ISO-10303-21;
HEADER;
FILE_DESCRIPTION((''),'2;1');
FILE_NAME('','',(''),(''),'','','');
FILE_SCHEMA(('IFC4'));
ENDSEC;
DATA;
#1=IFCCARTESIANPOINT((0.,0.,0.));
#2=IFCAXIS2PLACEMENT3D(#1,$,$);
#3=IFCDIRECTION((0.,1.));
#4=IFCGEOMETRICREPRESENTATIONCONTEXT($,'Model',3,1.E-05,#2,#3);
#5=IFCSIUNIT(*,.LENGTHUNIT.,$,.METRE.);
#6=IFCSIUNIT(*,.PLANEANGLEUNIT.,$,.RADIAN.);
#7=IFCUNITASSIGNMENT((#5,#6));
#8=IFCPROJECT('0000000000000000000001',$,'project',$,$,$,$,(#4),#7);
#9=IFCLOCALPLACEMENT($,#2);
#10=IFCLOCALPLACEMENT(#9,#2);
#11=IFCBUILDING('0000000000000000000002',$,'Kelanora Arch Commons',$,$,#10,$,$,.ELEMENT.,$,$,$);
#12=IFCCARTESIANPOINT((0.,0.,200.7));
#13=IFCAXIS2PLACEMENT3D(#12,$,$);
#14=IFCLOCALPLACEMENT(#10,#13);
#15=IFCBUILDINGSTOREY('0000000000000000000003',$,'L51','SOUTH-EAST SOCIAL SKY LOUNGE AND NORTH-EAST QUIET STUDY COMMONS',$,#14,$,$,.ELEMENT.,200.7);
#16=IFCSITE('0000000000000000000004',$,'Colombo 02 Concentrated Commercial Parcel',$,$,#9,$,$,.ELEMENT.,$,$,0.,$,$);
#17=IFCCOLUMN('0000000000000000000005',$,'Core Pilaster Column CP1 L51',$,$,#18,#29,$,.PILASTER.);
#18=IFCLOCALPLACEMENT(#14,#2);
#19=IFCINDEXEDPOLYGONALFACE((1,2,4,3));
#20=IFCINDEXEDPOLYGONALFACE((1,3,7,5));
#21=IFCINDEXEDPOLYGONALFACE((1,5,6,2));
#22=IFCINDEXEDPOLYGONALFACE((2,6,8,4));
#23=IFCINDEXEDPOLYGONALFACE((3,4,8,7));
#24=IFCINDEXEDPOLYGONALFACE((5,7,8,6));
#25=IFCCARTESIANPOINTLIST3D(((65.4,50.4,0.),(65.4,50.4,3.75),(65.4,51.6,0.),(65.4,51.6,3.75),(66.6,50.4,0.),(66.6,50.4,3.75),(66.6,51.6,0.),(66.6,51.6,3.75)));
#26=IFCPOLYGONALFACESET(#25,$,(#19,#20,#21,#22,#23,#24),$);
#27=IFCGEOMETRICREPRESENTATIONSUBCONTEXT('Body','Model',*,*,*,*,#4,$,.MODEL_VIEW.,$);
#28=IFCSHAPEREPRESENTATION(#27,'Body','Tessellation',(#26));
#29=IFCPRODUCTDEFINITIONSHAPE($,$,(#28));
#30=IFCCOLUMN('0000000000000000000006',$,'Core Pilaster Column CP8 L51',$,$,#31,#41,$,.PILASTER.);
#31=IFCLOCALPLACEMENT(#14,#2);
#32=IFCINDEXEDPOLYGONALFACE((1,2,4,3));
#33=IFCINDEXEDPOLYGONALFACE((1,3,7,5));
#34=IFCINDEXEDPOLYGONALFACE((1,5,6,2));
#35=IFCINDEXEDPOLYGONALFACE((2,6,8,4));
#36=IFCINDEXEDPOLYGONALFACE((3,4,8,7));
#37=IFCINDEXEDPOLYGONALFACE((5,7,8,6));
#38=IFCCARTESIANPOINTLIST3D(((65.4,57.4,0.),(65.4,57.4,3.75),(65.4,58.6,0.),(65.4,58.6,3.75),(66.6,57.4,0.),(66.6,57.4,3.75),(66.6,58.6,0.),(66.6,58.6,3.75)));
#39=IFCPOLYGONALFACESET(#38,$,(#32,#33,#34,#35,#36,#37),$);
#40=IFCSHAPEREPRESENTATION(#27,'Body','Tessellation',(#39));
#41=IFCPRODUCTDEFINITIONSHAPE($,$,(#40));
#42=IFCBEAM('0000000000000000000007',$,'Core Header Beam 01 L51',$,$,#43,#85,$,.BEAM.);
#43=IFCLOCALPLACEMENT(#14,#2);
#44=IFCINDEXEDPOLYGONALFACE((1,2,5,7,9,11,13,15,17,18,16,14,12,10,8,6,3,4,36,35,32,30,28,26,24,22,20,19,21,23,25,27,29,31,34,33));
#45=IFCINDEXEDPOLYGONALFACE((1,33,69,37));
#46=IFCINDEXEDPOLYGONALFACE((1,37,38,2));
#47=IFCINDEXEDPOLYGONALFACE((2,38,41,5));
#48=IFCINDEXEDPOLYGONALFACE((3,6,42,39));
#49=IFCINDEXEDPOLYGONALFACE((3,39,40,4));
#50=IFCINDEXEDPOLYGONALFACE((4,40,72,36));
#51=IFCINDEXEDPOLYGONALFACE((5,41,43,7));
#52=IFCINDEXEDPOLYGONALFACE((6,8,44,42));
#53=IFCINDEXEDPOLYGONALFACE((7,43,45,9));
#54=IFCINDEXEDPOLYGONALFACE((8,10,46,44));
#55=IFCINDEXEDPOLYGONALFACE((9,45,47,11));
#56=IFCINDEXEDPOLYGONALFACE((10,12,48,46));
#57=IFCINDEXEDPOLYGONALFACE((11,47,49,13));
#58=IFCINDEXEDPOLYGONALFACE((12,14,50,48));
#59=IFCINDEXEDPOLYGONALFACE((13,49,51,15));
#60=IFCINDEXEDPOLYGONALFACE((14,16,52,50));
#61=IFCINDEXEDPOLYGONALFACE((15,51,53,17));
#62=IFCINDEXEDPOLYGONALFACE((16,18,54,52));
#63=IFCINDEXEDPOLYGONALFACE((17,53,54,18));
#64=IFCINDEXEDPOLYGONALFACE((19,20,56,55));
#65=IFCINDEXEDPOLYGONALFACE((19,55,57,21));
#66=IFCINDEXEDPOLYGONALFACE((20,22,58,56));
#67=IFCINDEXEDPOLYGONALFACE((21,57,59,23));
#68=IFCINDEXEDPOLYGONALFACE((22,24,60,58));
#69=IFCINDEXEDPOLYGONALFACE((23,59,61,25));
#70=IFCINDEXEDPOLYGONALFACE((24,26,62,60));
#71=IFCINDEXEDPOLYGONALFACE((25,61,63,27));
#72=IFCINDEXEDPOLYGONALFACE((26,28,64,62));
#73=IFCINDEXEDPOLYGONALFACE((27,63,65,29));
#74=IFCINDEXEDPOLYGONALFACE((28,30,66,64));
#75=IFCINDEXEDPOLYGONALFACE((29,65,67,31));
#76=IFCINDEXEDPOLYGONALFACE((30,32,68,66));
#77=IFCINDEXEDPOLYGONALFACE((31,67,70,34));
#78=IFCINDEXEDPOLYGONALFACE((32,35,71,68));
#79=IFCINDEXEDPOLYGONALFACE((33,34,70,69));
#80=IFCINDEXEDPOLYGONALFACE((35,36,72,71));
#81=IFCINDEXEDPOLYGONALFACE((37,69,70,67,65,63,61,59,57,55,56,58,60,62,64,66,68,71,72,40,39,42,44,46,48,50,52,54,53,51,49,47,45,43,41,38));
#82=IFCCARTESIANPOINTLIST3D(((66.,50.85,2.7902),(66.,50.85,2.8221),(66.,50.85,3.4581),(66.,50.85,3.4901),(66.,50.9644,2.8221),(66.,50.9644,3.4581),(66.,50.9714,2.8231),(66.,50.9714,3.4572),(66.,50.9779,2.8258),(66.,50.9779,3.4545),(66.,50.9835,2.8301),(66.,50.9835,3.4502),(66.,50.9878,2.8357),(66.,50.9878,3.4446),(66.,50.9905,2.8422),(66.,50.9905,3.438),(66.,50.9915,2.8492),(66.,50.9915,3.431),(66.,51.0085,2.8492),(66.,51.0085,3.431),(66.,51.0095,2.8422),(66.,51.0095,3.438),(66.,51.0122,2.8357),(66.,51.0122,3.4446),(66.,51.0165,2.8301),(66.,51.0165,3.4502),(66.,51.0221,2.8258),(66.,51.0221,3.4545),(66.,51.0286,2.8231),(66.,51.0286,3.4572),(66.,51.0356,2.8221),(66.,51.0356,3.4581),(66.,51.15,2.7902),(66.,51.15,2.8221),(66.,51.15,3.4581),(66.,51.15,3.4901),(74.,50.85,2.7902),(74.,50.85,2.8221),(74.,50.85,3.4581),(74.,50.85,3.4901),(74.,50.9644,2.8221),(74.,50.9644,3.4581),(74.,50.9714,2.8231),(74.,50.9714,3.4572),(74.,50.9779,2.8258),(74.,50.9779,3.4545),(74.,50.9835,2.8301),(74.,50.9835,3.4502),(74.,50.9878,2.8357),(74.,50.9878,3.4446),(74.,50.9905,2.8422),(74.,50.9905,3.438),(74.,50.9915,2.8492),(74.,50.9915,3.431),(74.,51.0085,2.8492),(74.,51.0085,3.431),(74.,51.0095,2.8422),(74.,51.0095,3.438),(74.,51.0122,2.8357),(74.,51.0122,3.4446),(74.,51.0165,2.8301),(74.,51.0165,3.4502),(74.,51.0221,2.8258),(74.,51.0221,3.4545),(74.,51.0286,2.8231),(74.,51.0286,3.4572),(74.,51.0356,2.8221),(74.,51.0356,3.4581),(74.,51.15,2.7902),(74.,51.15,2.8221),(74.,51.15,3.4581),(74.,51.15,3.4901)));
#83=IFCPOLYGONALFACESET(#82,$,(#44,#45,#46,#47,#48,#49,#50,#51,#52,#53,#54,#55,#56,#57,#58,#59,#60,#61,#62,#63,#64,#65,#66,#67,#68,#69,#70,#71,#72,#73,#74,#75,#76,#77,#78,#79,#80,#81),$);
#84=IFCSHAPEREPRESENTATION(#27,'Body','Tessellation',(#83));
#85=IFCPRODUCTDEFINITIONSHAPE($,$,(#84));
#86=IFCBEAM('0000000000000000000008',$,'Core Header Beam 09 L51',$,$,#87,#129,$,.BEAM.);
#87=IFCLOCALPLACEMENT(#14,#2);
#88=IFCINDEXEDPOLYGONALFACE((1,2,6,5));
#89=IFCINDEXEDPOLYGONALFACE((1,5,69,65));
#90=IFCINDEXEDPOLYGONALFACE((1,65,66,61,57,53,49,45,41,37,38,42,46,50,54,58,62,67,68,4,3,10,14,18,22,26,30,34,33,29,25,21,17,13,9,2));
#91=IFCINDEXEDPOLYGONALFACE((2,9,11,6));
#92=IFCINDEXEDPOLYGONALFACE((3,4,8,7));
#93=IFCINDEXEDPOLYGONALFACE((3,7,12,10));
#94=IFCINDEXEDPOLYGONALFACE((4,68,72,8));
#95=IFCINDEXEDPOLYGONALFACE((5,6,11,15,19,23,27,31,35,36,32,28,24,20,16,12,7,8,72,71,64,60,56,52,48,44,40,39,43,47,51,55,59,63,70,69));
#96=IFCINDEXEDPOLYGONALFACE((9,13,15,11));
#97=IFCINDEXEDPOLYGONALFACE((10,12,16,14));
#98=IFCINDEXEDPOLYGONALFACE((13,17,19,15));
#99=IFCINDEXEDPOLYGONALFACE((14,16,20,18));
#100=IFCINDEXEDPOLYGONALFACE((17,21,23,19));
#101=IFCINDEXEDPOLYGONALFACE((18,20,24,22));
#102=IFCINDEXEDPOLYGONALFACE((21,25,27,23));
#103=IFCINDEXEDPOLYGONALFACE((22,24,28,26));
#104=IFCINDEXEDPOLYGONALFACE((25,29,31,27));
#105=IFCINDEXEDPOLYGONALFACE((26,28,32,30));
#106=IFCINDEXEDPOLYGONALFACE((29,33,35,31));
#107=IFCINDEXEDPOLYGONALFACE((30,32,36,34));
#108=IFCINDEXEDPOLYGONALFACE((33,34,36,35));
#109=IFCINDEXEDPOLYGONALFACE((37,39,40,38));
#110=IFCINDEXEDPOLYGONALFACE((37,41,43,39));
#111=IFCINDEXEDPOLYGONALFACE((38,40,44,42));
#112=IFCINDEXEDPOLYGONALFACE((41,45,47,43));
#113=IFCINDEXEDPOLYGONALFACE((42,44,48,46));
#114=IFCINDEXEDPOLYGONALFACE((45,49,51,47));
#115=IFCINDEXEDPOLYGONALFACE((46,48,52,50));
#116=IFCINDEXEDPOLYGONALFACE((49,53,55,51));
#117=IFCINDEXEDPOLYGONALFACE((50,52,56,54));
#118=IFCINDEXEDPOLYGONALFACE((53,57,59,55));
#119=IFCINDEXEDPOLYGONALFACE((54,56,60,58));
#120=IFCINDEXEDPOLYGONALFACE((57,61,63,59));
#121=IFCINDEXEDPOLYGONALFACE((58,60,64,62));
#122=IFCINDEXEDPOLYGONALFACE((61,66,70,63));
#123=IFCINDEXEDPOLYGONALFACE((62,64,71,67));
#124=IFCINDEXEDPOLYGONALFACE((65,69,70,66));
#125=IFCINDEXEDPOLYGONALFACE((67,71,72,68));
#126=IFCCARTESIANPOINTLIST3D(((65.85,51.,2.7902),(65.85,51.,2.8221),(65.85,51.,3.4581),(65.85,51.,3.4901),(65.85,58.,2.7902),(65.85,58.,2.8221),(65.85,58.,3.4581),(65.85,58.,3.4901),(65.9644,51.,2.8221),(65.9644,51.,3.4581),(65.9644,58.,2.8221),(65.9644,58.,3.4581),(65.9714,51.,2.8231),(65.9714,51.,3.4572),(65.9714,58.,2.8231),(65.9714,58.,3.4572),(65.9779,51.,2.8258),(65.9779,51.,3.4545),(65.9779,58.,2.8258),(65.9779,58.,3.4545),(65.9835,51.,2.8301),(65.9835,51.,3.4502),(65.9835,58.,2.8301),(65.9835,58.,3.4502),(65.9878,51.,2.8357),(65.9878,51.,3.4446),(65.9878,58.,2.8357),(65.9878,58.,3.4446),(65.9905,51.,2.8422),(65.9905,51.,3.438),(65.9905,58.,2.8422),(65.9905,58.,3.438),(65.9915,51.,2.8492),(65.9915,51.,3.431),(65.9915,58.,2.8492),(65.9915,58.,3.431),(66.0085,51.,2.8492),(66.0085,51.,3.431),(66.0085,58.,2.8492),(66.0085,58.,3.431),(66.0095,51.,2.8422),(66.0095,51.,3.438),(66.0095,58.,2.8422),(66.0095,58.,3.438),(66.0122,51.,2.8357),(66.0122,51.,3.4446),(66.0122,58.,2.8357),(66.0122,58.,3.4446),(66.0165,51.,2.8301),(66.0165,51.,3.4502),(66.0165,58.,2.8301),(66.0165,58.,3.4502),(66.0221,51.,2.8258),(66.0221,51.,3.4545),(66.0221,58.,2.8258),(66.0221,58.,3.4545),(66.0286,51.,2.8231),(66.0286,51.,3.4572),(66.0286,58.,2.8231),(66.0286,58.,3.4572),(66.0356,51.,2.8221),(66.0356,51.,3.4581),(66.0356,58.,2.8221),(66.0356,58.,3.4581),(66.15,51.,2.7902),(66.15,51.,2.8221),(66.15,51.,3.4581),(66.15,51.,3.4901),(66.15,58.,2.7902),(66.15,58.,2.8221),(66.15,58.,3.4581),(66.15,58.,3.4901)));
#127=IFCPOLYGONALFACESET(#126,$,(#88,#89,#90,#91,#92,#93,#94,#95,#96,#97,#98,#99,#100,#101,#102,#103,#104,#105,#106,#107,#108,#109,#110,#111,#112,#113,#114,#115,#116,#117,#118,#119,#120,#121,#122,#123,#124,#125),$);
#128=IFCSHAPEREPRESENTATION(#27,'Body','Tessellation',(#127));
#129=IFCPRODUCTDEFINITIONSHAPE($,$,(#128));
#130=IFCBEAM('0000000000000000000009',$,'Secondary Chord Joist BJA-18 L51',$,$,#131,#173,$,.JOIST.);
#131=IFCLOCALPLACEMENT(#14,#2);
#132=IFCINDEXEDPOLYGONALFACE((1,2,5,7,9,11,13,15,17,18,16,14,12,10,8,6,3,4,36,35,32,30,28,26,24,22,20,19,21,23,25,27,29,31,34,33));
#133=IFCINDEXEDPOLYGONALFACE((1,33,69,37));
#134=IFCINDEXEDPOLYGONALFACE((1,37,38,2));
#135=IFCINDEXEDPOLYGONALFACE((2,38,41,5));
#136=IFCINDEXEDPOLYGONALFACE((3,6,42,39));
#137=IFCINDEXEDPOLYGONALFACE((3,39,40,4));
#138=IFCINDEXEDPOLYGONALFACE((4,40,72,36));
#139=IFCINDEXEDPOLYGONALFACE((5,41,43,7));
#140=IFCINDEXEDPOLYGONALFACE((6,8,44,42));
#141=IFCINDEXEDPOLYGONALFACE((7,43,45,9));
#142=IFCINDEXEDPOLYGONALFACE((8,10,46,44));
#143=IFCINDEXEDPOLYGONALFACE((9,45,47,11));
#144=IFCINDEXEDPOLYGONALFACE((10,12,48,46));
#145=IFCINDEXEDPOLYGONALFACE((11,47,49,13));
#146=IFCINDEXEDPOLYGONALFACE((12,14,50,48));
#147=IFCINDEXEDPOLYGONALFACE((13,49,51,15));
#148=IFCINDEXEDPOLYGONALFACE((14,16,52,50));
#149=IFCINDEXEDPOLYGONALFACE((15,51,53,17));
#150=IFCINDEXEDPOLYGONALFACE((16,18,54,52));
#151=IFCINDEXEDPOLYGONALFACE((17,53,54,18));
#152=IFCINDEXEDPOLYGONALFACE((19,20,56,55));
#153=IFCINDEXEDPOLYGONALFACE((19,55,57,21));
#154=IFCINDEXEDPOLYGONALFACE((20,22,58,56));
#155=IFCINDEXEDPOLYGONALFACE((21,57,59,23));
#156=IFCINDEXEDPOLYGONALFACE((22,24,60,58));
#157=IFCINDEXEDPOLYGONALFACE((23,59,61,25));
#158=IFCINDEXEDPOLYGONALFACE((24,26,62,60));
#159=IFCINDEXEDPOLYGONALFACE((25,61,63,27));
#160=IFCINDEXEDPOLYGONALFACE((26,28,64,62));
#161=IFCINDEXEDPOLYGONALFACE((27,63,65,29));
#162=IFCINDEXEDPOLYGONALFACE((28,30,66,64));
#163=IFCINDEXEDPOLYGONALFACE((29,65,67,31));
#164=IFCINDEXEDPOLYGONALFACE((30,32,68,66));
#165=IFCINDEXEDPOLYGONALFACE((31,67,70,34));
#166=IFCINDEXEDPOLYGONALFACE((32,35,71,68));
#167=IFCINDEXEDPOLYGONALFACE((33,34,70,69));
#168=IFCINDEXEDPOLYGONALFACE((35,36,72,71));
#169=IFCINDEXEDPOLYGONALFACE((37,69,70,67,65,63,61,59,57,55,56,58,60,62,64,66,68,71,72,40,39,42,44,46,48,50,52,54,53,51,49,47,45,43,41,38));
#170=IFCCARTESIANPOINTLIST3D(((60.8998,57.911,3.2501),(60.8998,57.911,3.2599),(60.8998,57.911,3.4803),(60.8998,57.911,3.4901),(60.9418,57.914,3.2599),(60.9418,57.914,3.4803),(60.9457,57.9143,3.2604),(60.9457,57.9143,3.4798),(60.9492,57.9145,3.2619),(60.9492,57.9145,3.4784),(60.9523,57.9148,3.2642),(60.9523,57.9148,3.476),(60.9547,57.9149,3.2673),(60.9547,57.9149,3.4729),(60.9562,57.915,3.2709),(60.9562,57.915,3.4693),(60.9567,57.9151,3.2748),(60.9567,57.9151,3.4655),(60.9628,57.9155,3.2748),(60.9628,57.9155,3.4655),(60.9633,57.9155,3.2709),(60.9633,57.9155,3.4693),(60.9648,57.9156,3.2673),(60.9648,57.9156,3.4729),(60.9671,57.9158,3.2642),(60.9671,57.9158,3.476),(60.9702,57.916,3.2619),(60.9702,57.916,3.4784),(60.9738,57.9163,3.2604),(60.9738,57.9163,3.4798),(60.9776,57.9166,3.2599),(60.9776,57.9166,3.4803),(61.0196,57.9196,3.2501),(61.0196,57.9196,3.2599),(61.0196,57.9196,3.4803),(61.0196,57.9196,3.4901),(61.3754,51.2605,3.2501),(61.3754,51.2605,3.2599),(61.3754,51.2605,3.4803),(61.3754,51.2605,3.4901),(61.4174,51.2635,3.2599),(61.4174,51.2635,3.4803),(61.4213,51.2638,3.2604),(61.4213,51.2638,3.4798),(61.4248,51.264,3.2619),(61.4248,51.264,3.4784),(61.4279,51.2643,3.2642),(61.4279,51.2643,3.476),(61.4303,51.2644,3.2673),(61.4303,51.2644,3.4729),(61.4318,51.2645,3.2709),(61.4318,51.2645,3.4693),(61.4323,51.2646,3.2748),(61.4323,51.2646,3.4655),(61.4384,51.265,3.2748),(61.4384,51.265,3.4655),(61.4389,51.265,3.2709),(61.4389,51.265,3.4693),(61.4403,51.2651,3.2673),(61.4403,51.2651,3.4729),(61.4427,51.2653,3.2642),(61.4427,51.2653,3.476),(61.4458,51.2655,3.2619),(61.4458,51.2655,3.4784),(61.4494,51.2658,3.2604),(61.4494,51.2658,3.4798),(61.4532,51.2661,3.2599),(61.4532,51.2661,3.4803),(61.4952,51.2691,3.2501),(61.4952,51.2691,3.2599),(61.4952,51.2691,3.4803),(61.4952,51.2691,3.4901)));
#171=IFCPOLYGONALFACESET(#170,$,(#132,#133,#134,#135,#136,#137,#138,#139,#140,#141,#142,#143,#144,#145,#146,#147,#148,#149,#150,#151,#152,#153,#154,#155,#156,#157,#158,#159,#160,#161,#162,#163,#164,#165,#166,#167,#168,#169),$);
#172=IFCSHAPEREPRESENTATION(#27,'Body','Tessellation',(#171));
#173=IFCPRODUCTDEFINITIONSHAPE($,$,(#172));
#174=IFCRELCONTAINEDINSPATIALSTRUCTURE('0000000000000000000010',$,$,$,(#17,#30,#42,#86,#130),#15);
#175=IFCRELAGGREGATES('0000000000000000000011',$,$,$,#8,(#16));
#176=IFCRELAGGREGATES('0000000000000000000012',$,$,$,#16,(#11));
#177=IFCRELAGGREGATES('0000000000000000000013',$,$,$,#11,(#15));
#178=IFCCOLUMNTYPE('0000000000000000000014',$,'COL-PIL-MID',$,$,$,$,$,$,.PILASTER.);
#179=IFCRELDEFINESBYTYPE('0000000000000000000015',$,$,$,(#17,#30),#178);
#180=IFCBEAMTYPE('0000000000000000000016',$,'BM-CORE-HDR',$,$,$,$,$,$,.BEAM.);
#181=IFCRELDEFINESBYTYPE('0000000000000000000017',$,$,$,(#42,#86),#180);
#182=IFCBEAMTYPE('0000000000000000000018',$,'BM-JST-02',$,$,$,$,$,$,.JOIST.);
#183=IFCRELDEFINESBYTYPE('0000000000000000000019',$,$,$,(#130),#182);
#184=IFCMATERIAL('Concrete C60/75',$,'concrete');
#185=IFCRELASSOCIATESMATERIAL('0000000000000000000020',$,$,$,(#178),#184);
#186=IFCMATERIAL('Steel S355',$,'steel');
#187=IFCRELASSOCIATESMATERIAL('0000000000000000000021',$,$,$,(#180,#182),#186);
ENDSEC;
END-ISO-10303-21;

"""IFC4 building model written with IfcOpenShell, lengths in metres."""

from ifc_helpers import new_model, si_unit, direction, frame, origin, origin_2d, place, context, subcontext, project, spatial, rectangle, i_section, extrude, material, material_profile, profile_set, type_object, element, save


model = new_model("IFC4")

# Units and contexts
model_context = context("Model", 3, precision=1e-05, world=origin(), true_north=direction((0.0, 1.0)))
body_context = subcontext(model_context, "Body", "Model", "MODEL_VIEW")
ifc_project = project(units=[si_unit("LENGTHUNIT", "METRE"), si_unit("PLANEANGLEUNIT", "RADIAN")], contexts=[model_context])

# Site, building, storey
site_placement = place(None, origin())
site = spatial("IfcSite", under=ifc_project, at=site_placement, Name="Colombo 02 Concentrated Commercial Parcel", CompositionType="ELEMENT", RefElevation=0.0)
building_placement = place(site_placement, origin())
building = spatial("IfcBuilding", under=site, at=building_placement, Name="Kelanora Arch Commons", CompositionType="ELEMENT")
storey_placement = place(building_placement, frame((0.0, 0.0, 200.7)))
storey = spatial("IfcBuildingStorey", under=building, at=storey_placement, Name="L51", Description="SOUTH-EAST SOCIAL SKY LOUNGE AND NORTH-EAST QUIET STUDY COMMONS", CompositionType="ELEMENT", Elevation=200.7)

# Columns
ifc_material_1 = material(Name="Concrete C60/75", Category="concrete")
ifc_material_profile_1 = material_profile(ifc_material_1, rectangle(XDim=1.2, YDim=1.2, at=origin_2d()), Name="RC1200x1200")
ifc_profile_set_1 = profile_set([ifc_material_profile_1], Name="Concrete C60/75")
column_type = type_object("IfcColumnType", Name="COL-PIL-MID", PredefinedType="PILASTER", material=ifc_profile_set_1)
for number, where, z_axis, x_axis, name in (
    (1, (66.0, 51.0, 0.0), (0.0, 0.0, 1.0), (1.0, 0.0, 0.0), "Core Pilaster Column CP1 L51"),
    (2, (66.0, 58.0, 0.0), (0.0, 0.0, 1.0), (1.0, 0.0, 0.0), "Core Pilaster Column CP8 L51"),
):
    element("IfcColumn", number, at=place(storey_placement, frame(where, z_axis=z_axis, x_axis=x_axis)), inside=storey, type_object=column_type, Name=name, PredefinedType="PILASTER", context=body_context, shape_type="SweptSolid", body=[
        extrude(rectangle(XDim=1.2, YDim=1.2, at=origin_2d()), origin(), (0.0, 0.0, 1.0), 3.75),
    ])

# Beams
ifc_material_2 = material(Name="Steel S355", Category="steel")
ifc_material_profile_2 = material_profile(ifc_material_2, i_section(OverallWidth=0.3, OverallDepth=0.7, WebThickness=0.0171, FlangeThickness=0.032, FilletRadius=0.0271, at=origin_2d()), Name="HEB700")
ifc_profile_set_2 = profile_set([ifc_material_profile_2], Name="Steel S355")
beam_type_1 = type_object("IfcBeamType", Name="BM-CORE-HDR", PredefinedType="BEAM", material=ifc_profile_set_2)
beam_1_placement = place(storey_placement, frame((66.0, 51.0, 3.1401), z_axis=(1.0, 0.0, 0.0), x_axis=(0.0, 1.0, 0.0)))
element("IfcBeam", 3, at=beam_1_placement, inside=storey, type_object=beam_type_1, Name="Core Header Beam 01 L51", PredefinedType="BEAM", context=body_context, shape_type="SweptSolid", body=[
    extrude(i_section(OverallWidth=0.3, OverallDepth=0.7, WebThickness=0.0171, FlangeThickness=0.032, FilletRadius=0.0271, at=origin_2d()), origin(), (0.0, 0.0, 1.0), 8.0),
])
beam_2_placement = place(storey_placement, frame((66.0, 58.0, 3.1401), z_axis=(0.0, -1.0, 0.0), x_axis=(1.0, 0.0, 0.0)))
element("IfcBeam", 4, at=beam_2_placement, inside=storey, type_object=beam_type_1, Name="Core Header Beam 09 L51", PredefinedType="BEAM", context=body_context, shape_type="SweptSolid", body=[
    extrude(i_section(OverallWidth=0.3, OverallDepth=0.7, WebThickness=0.0171, FlangeThickness=0.032, FilletRadius=0.0271, at=origin_2d()), origin(), (0.0, 0.0, 1.0), 7.0),
])
ifc_material_profile_3 = material_profile(ifc_material_2, i_section(OverallWidth=0.1201, OverallDepth=0.24, WebThickness=0.0061, FlangeThickness=0.0098, FilletRadius=0.0149, at=origin_2d()), Name="IPE240")
ifc_profile_set_3 = profile_set([ifc_material_profile_3], Name="Steel S355")
beam_type_2 = type_object("IfcBeamType", Name="BM-JST-02", PredefinedType="JOIST", material=ifc_profile_set_3)
beam_3_placement = place(storey_placement, frame((60.9597, 57.9153, 3.3701), z_axis=(0.07133, -0.997453, 0.0), x_axis=(0.997453, 0.07133, 0.0)))
element("IfcBeam", 5, at=beam_3_placement, inside=storey, type_object=beam_type_2, Name="Secondary Chord Joist BJA-18 L51", PredefinedType="JOIST", context=body_context, shape_type="SweptSolid", body=[
    extrude(i_section(OverallWidth=0.1201, OverallDepth=0.24, WebThickness=0.0061, FlangeThickness=0.0098, FilletRadius=0.0149, at=origin_2d()), origin(), (0.0, 0.0, 1.0), 6.6675),
])

save(model, "model.ifc")
